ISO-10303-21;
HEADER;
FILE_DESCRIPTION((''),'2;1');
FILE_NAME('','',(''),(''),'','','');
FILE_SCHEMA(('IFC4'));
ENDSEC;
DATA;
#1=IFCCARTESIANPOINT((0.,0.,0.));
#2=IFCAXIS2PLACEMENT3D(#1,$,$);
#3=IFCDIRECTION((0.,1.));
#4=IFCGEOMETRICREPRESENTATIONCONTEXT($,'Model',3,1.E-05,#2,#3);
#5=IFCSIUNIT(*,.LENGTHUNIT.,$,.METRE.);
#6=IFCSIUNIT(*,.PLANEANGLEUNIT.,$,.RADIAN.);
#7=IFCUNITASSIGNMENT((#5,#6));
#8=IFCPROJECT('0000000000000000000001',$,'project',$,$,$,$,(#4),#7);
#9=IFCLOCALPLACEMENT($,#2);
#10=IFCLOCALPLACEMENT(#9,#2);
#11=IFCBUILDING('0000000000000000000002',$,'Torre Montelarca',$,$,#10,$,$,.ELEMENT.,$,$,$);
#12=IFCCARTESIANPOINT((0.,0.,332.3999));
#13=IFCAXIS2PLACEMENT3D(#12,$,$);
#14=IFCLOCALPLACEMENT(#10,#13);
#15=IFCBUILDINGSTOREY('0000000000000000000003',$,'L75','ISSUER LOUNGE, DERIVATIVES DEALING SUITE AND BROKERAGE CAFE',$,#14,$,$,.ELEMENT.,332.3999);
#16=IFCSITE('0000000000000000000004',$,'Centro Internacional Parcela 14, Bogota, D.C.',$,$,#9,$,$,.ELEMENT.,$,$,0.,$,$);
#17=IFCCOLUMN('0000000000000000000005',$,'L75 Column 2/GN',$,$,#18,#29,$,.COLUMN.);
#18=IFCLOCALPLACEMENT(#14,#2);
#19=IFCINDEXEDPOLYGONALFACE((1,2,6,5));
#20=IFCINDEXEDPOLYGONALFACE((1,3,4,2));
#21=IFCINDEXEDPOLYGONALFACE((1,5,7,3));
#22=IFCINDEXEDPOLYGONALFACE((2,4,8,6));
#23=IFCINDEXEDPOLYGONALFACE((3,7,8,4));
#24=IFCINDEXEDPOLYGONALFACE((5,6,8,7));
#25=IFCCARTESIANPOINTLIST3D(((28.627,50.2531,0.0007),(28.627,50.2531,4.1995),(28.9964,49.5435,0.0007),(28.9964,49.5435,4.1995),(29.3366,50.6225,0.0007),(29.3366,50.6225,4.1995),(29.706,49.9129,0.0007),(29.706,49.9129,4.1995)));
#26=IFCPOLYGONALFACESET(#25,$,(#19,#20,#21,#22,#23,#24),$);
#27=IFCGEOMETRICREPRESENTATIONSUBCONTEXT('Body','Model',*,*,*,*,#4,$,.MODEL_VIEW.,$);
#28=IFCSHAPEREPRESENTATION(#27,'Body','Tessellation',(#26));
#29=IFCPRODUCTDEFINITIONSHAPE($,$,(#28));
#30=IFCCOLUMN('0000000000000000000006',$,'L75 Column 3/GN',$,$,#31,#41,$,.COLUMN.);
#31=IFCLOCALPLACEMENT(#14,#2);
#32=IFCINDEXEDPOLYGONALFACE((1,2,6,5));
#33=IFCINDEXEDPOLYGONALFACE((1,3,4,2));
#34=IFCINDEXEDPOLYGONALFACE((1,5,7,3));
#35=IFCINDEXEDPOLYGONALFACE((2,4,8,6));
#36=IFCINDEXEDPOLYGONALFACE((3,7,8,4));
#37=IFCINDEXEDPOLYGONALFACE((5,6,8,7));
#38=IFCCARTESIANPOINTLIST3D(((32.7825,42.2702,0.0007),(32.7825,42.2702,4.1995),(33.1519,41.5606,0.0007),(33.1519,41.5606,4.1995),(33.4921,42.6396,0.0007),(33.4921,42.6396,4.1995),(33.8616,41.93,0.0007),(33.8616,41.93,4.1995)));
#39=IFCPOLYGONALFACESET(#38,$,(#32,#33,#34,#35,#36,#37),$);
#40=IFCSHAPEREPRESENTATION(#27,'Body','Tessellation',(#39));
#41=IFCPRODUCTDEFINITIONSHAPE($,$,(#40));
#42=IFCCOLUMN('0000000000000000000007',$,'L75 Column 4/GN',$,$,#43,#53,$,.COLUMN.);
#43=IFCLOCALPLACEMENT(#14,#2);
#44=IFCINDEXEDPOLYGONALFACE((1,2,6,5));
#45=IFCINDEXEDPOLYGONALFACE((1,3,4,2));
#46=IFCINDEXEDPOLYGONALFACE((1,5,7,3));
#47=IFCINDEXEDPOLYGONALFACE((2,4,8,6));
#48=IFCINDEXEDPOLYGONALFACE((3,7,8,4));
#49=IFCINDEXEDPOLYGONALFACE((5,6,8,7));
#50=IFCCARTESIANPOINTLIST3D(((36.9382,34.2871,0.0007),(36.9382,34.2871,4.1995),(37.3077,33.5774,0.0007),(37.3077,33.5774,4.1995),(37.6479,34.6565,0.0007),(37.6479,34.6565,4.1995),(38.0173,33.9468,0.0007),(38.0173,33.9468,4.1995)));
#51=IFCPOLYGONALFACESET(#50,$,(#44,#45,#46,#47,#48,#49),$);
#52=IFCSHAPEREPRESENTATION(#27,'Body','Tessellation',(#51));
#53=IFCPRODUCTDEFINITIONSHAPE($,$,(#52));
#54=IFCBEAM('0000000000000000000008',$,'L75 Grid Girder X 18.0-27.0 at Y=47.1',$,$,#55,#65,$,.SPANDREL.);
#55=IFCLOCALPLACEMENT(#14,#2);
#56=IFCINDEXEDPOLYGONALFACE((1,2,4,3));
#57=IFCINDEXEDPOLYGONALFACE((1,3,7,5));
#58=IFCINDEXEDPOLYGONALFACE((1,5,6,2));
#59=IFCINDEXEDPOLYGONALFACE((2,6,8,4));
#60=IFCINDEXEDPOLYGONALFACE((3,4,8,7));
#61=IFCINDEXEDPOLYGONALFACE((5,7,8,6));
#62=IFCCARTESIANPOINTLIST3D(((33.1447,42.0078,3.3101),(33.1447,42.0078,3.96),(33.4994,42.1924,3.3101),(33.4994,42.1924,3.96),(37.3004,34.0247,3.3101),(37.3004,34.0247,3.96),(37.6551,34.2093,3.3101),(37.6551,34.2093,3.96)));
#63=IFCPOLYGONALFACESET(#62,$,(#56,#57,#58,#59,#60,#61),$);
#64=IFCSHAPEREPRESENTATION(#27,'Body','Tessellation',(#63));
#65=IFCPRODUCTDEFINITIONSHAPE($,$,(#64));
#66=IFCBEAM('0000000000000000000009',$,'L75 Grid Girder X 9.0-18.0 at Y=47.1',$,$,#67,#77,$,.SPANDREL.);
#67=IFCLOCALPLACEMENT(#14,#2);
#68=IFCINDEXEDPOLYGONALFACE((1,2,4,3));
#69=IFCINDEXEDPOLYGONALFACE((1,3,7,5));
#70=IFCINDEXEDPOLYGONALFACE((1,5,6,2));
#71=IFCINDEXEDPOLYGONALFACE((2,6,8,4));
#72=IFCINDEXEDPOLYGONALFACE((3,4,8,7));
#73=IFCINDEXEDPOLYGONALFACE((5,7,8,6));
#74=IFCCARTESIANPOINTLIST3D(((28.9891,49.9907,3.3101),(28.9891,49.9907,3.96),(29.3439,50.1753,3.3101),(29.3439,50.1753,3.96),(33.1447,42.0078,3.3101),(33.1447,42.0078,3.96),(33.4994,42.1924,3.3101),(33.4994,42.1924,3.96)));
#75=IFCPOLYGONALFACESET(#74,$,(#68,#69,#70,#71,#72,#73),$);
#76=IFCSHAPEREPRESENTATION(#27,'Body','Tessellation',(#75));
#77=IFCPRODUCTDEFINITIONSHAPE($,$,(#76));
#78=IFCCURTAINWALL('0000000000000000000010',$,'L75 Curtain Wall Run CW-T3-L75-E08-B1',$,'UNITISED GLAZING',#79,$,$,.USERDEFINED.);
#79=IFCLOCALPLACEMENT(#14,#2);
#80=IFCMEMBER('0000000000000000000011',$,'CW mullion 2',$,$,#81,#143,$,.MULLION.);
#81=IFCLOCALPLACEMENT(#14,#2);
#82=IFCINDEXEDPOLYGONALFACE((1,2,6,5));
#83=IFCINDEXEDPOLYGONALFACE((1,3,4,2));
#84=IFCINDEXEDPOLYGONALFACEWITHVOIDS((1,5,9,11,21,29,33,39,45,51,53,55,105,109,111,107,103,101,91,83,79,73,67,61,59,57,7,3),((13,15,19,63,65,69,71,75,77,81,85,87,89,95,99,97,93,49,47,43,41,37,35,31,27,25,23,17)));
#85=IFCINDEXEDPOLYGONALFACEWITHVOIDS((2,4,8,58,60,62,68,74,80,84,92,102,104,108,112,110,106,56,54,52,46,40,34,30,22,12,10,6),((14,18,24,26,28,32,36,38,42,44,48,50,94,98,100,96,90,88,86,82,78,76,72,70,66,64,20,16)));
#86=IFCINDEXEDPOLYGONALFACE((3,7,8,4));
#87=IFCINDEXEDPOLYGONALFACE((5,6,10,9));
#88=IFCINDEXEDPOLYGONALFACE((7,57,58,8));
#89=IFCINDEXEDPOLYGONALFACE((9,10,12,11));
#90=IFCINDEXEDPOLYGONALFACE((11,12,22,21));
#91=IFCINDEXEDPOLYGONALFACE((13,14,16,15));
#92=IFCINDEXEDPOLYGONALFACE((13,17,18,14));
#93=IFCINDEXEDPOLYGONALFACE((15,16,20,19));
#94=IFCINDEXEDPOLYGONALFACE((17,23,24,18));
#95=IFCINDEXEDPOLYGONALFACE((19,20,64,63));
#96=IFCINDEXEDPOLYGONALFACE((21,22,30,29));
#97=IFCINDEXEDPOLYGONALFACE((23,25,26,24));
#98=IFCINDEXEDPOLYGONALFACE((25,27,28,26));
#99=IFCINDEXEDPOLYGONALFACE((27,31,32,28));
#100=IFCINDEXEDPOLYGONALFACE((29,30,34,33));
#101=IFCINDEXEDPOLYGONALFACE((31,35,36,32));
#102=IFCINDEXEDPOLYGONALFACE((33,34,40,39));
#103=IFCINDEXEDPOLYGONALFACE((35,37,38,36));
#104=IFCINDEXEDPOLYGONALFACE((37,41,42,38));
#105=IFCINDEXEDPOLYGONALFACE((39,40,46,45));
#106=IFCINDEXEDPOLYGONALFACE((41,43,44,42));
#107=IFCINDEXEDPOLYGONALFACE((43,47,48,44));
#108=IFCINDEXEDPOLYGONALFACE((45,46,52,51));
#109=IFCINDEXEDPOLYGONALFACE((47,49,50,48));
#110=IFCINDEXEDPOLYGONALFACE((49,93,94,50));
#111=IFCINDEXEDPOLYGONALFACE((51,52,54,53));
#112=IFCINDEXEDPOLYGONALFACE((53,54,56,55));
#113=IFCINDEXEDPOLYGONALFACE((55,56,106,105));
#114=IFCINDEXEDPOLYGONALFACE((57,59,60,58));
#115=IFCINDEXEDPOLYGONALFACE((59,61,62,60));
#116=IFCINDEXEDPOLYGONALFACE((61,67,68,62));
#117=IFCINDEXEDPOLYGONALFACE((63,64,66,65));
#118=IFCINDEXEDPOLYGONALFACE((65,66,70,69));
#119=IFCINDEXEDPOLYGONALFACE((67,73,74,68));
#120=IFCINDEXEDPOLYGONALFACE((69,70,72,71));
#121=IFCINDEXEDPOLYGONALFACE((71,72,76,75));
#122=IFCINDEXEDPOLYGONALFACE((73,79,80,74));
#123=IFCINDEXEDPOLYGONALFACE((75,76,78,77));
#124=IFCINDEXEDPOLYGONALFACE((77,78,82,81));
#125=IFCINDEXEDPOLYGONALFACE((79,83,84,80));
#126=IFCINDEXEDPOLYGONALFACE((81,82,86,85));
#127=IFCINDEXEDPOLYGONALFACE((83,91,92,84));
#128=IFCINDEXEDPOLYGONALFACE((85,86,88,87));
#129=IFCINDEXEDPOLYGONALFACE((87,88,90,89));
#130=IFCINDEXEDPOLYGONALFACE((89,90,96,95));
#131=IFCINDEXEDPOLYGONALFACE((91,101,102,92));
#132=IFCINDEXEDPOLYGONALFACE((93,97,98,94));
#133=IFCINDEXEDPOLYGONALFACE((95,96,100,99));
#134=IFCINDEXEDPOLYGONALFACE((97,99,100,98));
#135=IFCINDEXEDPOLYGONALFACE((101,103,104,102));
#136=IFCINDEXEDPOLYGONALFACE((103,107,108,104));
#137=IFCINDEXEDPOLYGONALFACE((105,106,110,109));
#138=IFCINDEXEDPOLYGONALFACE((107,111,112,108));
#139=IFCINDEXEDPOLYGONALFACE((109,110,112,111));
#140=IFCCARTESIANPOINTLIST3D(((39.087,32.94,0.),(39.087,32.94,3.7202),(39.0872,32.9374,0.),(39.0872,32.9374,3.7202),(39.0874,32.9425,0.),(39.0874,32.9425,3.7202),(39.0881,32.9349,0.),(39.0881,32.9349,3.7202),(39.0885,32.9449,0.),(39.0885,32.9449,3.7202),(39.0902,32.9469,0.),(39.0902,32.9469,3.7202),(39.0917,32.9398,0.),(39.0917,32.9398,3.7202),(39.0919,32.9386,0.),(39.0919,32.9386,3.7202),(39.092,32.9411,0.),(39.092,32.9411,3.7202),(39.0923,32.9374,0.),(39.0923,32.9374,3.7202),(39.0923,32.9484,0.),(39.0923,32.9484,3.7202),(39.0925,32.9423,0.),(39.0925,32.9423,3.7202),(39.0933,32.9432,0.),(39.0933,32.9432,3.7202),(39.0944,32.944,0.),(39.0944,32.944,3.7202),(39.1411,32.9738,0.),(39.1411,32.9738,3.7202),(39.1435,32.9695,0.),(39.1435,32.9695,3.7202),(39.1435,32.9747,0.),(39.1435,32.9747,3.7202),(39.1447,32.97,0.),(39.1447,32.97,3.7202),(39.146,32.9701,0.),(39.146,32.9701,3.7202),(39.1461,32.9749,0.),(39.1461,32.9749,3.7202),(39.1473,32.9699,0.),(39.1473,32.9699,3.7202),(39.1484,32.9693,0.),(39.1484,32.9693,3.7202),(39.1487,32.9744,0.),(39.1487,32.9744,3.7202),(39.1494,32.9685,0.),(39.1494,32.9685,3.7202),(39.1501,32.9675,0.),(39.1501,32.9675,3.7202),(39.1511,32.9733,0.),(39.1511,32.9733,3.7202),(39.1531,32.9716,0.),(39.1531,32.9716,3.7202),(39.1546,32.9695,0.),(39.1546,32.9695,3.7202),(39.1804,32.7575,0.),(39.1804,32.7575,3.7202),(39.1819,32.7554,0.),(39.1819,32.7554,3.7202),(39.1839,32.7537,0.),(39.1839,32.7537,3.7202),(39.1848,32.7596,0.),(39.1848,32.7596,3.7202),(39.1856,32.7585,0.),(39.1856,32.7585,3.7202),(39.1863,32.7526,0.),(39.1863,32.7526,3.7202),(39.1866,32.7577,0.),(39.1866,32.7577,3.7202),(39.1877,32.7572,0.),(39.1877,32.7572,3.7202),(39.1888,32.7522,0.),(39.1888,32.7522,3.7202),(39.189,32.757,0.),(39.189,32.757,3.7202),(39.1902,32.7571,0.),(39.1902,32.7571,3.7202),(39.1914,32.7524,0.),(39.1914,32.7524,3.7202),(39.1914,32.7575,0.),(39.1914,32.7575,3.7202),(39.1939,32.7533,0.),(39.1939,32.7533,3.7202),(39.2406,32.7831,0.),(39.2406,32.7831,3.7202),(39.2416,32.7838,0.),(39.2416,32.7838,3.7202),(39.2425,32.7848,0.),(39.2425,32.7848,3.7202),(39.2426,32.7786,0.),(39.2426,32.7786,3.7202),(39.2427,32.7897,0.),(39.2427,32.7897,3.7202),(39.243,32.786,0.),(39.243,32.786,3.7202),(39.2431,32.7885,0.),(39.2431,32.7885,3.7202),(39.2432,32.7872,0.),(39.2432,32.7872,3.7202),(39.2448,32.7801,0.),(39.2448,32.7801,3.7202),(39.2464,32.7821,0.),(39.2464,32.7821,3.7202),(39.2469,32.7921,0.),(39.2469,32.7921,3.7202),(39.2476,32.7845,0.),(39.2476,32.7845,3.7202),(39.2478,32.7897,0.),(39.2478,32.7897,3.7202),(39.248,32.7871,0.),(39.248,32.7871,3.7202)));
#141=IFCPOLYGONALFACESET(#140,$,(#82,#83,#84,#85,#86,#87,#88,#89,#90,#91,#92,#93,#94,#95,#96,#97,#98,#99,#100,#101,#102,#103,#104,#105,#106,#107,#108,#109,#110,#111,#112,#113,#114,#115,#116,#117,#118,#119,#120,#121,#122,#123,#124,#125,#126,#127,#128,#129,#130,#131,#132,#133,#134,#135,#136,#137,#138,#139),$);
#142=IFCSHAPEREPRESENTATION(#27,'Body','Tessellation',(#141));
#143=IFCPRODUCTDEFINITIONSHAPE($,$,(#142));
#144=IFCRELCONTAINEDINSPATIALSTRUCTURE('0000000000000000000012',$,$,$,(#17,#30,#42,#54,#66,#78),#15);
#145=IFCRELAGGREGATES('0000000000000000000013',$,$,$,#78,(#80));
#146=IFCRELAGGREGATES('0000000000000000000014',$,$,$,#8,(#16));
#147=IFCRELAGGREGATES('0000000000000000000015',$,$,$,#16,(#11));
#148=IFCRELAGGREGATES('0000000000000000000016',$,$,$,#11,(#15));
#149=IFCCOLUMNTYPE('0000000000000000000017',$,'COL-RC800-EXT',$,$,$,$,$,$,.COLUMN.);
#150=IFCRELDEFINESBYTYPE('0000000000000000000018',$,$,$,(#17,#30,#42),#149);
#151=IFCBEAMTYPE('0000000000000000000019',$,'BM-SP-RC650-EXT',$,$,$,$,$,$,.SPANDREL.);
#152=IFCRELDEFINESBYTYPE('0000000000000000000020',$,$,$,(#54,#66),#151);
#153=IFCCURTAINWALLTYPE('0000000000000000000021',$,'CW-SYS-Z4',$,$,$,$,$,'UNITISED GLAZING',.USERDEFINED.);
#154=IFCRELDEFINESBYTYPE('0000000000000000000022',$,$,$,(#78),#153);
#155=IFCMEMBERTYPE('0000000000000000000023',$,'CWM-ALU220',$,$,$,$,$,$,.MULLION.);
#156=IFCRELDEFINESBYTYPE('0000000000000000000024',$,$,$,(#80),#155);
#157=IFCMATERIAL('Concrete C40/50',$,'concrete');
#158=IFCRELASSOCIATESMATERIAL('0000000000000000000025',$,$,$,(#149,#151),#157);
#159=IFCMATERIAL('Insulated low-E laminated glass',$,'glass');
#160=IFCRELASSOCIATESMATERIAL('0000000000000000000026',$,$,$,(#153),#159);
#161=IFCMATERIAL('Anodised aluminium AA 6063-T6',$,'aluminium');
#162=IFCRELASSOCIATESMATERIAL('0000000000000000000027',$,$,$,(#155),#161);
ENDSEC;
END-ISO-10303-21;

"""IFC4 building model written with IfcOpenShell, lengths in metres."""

from ifc_helpers import new_model, si_unit, direction, frame, origin, origin_2d, place, context, subcontext, project, spatial, rectangle, hollow_rectangle, extrude, source, transform, mapped, material, material_profile, profile_set, type_object, element, aggregate, save


model = new_model("IFC4")

# Units and contexts
model_context = context("Model", 3, precision=1e-05, world=origin(), true_north=direction((0.0, 1.0)))
body_context = subcontext(model_context, "Body", "Model", "MODEL_VIEW")
ifc_project = project(units=[si_unit("LENGTHUNIT", "METRE"), si_unit("PLANEANGLEUNIT", "RADIAN")], contexts=[model_context])

# Site, building, storey
site_placement = place(None, origin())
site = spatial("IfcSite", under=ifc_project, at=site_placement, Name="Centro Internacional Parcela 14, Bogota, D.C.", CompositionType="ELEMENT", RefElevation=0.0)
building_placement = place(site_placement, origin())
building = spatial("IfcBuilding", under=site, at=building_placement, Name="Torre Montelarca", CompositionType="ELEMENT")
storey_placement = place(building_placement, frame((0.0, 0.0, 332.3999)))
storey = spatial("IfcBuildingStorey", under=building, at=storey_placement, Name="L75", Description="ISSUER LOUNGE, DERIVATIVES DEALING SUITE AND BROKERAGE CAFE", CompositionType="ELEMENT", Elevation=332.3999)

# Columns
ifc_material_1 = material(Name="Concrete C40/50", Category="concrete")
ifc_material_profile_1 = material_profile(ifc_material_1, rectangle(XDim=0.8, YDim=0.8, at=origin_2d()), Name="RC800X800", Category="concrete")
ifc_profile_set_1 = profile_set([ifc_material_profile_1], Name="Concrete C40/50")
column_type = type_object("IfcColumnType", Name="COL-RC800-EXT", PredefinedType="COLUMN", material=ifc_profile_set_1)
shared_shape_1 = source(origin(), body_context, "Body", "SweptSolid", [
    extrude(rectangle(XDim=0.8, YDim=0.8, at=origin_2d()), origin(), (0.0, 0.0, 1.0), 4.1987),
])
for number, where, z_axis, x_axis, name in (
    (1, (29.1665, 50.083, 0.0007), (0.0, 0.0, 1.0), (-0.461749, 0.887011, 0.0), "L75 Column 2/GN"),
    (2, (33.322, 42.1001, 0.0007), (0.0, 0.0, 1.0), (-0.461749, 0.887011, 0.0), "L75 Column 3/GN"),
    (3, (37.4778, 34.1169, 0.0007), (0.0, 0.0, 1.0), (-0.461749, 0.887011, 0.0), "L75 Column 4/GN"),
):
    element("IfcColumn", number, at=place(storey_placement, frame(where, z_axis=z_axis, x_axis=x_axis)), inside=storey, type_object=column_type, Name=name, PredefinedType="COLUMN", context=body_context, shape_type="MappedRepresentation", body=[
        mapped(shared_shape_1, transform((0.0, 0.0, 0.0), scale=1.0)),
    ])

# Beams
ifc_material_profile_2 = material_profile(ifc_material_1, rectangle(XDim=0.3999, YDim=0.6499, at=origin_2d()), Name="RCB400X650", Category="concrete")
ifc_profile_set_2 = profile_set([ifc_material_profile_2], Name="Concrete C40/50")
beam_type = type_object("IfcBeamType", Name="BM-SP-RC650-EXT", PredefinedType="SPANDREL", material=ifc_profile_set_2)
shared_shape_2 = source(origin(), body_context, "Body", "SweptSolid", [
    extrude(rectangle(XDim=0.3999, YDim=0.6499, at=origin_2d()), origin(), (0.0, 0.0, 1.0), 9.0),
])
beam_1_placement = place(storey_placement, frame((33.322, 42.1001, 3.635), z_axis=(0.461748, -0.887011, 0.0), x_axis=(0.887011, 0.461748, 0.0)))
element("IfcBeam", 4, at=beam_1_placement, inside=storey, type_object=beam_type, Name="L75 Grid Girder X 18.0-27.0 at Y=47.1", PredefinedType="SPANDREL", context=body_context, shape_type="MappedRepresentation", body=[
    mapped(shared_shape_2, transform((0.0, 0.0, 0.0), scale=1.0)),
])
shared_shape_3 = source(origin(), body_context, "Body", "SweptSolid", [
    extrude(rectangle(XDim=0.3999, YDim=0.6499, at=origin_2d()), origin(), (0.0, 0.0, 1.0), 8.9998),
])
beam_2_placement = place(storey_placement, frame((29.1665, 50.083, 3.635), z_axis=(0.461738, -0.887016, 0.0), x_axis=(0.887016, 0.461738, 0.0)))
element("IfcBeam", 5, at=beam_2_placement, inside=storey, type_object=beam_type, Name="L75 Grid Girder X 9.0-18.0 at Y=47.1", PredefinedType="SPANDREL", context=body_context, shape_type="MappedRepresentation", body=[
    mapped(shared_shape_3, transform((0.0, 0.0, 0.0), scale=1.0)),
])

# Curtain wall, member
ifc_material_2 = material(Name="Insulated low-E laminated glass", Category="glass")
curtain_wall_type = type_object("IfcCurtainWallType", Name="CW-SYS-Z4", ElementType="UNITISED GLAZING", PredefinedType="USERDEFINED", material=ifc_material_2)
curtain_wall_1_placement = place(storey_placement, origin())
curtain_wall_1 = element("IfcCurtainWall", 6, at=curtain_wall_1_placement, inside=storey, type_object=curtain_wall_type, Name="L75 Curtain Wall Run CW-T3-L75-E08-B1", ObjectType="UNITISED GLAZING", PredefinedType="USERDEFINED")
ifc_material_3 = material(Name="Anodised aluminium AA 6063-T6", Category="aluminium")
ifc_material_profile_3 = material_profile(ifc_material_3, hollow_rectangle(XDim=0.075, YDim=0.22, WallThickness=0.0049, InnerFilletRadius=0.0049, OuterFilletRadius=0.01, at=origin_2d()), Name="ALU75X220X5", Category="aluminium")
ifc_profile_set_3 = profile_set([ifc_material_profile_3], Name="Anodised aluminium AA 6063-T6")
member_type_1 = type_object("IfcMemberType", Name="CWM-ALU220", PredefinedType="MULLION", material=ifc_profile_set_3)
shared_shape_4 = source(origin(), body_context, "Body", "SweptSolid", [
    extrude(hollow_rectangle(XDim=0.075, YDim=0.22, WallThickness=0.0049, InnerFilletRadius=0.0049, OuterFilletRadius=0.01, at=origin_2d()), origin(), (0.0, 0.0, 1.0), 3.7202),
])
member_1_placement = place(storey_placement, frame((39.1675, 32.8635, 0.0), z_axis=(0.0, 0.0, 1.0), x_axis=(-0.887013, -0.461745, 0.0)))
member_1 = element("IfcMember", 7, at=member_1_placement, type_object=member_type_1, Name="CW mullion 2", PredefinedType="MULLION", context=body_context, shape_type="MappedRepresentation", body=[
    mapped(shared_shape_4, transform((0.0, 0.0, 0.0), scale=1.0)),
])

aggregate(curtain_wall_1, [member_1])

save(model, "model.ifc")
